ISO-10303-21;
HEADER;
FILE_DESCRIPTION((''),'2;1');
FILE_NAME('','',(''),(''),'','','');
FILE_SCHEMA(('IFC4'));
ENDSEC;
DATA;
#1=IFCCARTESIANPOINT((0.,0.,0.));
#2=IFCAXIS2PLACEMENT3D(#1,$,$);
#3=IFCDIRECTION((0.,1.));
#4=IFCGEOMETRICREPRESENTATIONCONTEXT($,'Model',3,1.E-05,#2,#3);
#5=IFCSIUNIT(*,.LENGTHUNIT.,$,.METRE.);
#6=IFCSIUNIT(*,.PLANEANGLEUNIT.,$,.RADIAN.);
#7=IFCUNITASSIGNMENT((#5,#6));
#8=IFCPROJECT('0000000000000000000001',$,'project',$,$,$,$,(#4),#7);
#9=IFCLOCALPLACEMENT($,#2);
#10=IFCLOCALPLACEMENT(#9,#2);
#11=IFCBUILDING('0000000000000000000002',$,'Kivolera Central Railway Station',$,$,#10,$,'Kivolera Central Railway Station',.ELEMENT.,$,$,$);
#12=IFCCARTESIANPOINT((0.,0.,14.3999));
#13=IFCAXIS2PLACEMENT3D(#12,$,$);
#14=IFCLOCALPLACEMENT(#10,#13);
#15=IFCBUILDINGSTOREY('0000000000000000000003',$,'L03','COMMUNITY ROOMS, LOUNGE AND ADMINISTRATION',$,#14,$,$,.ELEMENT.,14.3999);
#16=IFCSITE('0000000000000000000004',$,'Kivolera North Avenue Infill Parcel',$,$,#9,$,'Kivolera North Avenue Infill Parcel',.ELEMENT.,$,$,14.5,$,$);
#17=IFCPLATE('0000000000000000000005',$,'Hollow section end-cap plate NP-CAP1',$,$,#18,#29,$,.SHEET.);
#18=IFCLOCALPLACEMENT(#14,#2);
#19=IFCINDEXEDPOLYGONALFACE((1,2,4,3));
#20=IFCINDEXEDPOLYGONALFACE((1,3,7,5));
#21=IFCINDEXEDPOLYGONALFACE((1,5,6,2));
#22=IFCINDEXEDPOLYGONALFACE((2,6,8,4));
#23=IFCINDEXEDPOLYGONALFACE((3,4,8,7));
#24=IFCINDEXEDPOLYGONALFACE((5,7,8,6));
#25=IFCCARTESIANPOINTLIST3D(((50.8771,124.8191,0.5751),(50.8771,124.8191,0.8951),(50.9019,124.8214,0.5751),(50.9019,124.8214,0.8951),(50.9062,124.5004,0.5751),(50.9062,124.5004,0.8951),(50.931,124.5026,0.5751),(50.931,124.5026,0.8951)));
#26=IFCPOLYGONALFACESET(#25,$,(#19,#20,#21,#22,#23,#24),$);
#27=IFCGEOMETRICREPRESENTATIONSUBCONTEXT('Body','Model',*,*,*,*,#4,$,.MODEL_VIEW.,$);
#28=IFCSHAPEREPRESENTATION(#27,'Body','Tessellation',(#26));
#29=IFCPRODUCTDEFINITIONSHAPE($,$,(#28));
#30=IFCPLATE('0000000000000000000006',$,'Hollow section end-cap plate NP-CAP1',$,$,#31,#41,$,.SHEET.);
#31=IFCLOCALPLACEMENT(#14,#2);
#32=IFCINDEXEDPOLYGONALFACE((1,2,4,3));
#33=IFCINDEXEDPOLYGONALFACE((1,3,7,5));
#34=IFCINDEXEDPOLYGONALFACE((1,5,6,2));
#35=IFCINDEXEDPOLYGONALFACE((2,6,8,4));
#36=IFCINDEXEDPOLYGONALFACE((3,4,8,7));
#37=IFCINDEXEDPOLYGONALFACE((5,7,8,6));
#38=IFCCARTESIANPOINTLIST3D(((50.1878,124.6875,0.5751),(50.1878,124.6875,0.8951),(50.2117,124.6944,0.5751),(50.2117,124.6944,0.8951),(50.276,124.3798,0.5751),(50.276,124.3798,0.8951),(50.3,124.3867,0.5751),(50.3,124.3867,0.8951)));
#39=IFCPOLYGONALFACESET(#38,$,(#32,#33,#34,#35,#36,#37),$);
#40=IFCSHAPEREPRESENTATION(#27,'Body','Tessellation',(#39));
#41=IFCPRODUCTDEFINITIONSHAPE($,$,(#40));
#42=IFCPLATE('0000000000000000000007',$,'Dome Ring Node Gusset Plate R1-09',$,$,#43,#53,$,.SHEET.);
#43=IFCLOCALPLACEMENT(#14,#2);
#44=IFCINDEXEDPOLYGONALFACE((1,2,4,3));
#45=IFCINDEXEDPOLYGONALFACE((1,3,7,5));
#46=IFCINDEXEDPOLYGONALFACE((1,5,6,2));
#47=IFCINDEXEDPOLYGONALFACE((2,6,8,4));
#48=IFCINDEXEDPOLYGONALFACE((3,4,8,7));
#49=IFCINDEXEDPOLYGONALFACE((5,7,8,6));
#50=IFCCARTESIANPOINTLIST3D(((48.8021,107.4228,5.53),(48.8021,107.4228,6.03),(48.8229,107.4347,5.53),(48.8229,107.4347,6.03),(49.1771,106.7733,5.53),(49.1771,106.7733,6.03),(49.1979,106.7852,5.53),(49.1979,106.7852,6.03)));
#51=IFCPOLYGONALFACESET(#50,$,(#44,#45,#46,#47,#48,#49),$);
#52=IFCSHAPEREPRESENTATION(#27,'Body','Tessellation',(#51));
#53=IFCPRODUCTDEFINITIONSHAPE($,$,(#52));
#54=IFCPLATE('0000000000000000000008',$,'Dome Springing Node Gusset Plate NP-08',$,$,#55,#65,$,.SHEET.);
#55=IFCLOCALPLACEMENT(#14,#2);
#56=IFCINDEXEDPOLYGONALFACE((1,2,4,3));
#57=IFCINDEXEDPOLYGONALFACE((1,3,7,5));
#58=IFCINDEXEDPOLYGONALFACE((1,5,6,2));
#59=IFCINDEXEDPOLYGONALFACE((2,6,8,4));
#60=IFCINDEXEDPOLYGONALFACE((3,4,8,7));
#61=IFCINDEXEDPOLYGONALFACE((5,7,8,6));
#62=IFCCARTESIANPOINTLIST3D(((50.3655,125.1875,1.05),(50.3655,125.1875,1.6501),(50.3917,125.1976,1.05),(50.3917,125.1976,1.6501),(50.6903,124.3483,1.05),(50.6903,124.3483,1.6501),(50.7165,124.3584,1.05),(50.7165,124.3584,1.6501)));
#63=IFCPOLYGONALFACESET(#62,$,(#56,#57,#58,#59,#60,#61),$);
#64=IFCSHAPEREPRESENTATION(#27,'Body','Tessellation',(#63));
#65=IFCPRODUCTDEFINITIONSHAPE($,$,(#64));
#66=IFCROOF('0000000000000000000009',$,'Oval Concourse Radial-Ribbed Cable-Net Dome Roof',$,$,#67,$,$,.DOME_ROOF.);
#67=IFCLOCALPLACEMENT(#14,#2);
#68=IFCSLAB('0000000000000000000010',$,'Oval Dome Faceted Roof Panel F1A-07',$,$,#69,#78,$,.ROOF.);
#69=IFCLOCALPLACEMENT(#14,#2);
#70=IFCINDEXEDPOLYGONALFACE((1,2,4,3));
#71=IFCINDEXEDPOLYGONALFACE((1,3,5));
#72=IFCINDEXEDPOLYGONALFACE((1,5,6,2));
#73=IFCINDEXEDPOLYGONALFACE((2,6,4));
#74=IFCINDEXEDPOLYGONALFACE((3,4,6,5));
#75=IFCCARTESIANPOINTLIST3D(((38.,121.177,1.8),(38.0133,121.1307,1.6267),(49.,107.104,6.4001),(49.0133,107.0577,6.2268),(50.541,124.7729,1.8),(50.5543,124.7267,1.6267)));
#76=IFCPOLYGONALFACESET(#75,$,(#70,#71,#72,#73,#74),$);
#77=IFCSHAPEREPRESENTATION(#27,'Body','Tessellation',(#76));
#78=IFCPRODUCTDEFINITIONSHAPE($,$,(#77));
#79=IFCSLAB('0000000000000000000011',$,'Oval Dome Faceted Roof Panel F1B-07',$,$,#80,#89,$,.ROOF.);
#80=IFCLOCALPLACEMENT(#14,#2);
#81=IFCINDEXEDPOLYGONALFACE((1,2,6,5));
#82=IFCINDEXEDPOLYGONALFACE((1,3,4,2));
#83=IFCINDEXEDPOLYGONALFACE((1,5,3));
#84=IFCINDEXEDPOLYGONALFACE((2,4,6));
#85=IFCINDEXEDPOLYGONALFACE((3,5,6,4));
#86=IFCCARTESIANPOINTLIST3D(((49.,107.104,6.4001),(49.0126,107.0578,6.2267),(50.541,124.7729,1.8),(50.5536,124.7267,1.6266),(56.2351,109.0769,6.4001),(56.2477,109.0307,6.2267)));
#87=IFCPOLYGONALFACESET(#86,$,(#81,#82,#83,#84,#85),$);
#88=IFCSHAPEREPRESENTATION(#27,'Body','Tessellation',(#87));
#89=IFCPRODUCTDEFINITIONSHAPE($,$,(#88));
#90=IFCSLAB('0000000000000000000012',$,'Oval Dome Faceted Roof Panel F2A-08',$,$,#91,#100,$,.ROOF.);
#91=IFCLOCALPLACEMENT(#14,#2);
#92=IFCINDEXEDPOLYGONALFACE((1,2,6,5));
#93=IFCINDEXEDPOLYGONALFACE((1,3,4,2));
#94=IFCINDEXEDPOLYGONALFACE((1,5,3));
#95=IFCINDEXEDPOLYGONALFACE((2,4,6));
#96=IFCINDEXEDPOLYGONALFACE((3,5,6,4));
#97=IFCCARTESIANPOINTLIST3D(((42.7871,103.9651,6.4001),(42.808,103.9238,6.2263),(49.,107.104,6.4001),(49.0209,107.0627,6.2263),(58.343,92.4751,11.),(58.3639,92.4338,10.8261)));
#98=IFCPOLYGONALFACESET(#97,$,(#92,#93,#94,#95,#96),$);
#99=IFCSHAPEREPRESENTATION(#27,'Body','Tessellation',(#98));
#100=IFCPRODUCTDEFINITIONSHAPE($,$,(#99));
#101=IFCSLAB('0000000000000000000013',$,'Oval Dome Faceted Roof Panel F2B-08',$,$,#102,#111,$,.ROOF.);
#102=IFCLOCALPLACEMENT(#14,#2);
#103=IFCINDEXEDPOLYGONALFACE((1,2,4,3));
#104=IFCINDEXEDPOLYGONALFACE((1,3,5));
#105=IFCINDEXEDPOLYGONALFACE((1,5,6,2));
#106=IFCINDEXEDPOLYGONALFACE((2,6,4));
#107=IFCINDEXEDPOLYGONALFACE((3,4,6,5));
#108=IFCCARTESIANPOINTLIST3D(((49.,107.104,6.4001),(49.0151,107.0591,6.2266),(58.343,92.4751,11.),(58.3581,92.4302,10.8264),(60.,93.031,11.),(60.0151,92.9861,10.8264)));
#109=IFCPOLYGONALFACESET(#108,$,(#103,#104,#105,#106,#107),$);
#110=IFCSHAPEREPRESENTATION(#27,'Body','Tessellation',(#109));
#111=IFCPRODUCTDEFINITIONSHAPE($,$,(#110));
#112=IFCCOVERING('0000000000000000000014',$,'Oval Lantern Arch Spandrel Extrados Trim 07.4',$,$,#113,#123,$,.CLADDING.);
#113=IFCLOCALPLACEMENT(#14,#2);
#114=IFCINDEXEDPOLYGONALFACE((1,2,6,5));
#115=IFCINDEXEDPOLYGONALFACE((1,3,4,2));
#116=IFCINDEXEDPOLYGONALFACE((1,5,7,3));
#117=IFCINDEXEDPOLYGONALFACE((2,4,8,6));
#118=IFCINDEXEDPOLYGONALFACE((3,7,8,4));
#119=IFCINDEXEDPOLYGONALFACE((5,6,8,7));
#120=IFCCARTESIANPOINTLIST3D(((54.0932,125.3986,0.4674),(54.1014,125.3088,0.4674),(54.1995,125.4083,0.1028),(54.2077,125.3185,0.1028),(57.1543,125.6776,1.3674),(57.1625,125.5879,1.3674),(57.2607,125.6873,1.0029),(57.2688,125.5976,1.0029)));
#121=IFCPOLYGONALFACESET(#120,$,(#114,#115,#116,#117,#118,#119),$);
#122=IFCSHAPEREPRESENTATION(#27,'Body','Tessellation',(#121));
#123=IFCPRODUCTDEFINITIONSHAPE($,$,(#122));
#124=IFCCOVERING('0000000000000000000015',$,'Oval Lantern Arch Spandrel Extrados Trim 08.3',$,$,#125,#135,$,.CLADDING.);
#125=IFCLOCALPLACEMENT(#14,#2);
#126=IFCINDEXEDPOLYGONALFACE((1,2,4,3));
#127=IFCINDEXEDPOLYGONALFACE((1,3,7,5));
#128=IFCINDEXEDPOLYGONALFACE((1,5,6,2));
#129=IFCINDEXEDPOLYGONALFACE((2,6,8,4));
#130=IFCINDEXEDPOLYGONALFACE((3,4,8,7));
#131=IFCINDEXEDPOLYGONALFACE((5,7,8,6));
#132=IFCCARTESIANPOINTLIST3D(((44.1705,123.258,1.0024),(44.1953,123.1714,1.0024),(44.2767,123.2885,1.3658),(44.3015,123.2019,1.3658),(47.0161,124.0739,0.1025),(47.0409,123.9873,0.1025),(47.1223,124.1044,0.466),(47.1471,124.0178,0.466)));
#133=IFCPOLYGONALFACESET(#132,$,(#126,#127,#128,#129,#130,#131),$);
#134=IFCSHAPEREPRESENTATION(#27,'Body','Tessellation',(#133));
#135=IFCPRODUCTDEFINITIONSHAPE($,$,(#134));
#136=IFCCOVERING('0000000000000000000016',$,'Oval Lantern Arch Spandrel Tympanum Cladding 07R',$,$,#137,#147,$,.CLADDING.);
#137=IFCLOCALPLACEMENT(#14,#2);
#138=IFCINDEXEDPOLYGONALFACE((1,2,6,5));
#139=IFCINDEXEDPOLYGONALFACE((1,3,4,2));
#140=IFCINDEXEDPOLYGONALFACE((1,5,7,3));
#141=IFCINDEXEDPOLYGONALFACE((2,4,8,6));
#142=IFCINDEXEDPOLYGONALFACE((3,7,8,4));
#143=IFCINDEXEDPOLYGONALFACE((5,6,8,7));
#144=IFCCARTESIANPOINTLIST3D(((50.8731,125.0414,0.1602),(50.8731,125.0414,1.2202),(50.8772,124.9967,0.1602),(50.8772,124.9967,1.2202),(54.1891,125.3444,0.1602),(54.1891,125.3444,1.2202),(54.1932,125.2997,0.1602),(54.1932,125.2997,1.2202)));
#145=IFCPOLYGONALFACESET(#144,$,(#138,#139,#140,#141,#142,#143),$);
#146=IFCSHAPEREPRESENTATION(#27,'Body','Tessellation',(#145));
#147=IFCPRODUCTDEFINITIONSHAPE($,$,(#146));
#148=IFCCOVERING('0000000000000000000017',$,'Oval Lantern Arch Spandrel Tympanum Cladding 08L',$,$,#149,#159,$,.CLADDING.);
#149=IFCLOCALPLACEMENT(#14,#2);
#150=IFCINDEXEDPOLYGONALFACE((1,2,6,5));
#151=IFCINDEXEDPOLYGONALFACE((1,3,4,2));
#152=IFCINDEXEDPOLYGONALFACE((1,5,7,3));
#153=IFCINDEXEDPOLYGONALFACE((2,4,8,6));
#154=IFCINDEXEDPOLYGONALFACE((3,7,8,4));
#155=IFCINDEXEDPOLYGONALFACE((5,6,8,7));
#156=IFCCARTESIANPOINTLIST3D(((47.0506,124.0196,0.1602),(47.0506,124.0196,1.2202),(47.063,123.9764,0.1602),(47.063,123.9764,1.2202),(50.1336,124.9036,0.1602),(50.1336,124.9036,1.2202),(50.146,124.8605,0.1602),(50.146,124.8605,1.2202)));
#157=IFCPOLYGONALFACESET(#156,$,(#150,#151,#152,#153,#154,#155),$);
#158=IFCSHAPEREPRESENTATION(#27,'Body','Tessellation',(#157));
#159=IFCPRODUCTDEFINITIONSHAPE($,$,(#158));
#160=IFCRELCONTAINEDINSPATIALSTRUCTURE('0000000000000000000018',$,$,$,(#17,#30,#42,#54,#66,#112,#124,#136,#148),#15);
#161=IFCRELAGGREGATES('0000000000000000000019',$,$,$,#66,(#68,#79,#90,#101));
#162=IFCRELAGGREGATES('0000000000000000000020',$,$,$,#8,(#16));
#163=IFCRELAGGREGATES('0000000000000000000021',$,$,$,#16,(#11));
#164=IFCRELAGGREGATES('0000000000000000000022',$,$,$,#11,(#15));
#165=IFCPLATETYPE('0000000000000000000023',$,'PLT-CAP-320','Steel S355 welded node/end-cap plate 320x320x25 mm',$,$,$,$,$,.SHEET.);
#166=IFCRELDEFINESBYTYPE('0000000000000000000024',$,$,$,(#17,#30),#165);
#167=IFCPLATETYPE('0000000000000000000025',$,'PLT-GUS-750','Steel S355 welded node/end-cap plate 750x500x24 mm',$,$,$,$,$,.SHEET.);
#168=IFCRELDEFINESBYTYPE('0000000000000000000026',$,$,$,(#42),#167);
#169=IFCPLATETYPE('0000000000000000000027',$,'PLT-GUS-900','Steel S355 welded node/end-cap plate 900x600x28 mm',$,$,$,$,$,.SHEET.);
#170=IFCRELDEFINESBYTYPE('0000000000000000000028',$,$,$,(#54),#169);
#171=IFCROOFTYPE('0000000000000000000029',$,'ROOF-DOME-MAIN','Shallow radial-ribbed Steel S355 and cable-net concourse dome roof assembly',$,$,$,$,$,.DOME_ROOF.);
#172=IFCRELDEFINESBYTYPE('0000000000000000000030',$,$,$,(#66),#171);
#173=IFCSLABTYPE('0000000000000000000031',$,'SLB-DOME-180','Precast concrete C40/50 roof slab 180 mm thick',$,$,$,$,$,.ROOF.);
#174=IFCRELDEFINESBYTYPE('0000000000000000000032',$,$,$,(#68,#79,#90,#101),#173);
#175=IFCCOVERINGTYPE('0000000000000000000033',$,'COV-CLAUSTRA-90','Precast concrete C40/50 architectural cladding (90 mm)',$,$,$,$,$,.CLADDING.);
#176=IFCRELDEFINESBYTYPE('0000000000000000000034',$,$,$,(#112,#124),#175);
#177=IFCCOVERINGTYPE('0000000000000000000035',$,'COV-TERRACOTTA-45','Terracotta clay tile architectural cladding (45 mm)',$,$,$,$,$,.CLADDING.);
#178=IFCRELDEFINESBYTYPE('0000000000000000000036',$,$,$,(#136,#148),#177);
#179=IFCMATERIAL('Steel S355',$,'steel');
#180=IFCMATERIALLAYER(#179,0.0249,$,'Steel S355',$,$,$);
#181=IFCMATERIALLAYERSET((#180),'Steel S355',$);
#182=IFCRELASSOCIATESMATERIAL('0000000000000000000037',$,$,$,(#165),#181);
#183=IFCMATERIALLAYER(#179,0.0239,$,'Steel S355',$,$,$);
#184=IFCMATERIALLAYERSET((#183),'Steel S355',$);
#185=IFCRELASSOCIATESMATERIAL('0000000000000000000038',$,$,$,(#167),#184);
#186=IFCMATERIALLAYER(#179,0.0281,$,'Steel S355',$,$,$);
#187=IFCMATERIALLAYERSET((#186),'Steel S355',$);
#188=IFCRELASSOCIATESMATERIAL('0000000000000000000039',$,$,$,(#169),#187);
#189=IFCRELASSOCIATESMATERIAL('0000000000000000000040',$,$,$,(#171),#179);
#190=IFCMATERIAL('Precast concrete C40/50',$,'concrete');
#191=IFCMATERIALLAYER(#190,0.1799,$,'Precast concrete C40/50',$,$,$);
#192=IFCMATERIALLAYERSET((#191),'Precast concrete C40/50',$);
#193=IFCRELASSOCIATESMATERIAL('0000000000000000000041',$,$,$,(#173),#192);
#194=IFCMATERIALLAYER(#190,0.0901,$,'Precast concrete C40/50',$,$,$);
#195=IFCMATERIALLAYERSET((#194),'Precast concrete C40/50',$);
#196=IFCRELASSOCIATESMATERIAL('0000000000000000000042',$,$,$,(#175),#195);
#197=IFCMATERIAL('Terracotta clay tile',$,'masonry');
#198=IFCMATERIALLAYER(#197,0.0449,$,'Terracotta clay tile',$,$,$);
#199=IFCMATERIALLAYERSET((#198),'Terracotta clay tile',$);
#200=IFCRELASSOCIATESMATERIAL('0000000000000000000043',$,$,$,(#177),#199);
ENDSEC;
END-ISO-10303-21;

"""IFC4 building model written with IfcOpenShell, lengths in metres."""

from ifc_helpers import new_model, si_unit, direction, frame, frame_2d, origin, origin_2d, place, context, subcontext, project, spatial, polyline, rectangle, outline, extrude, material, layer, layer_set, type_object, element, aggregate, save


model = new_model("IFC4")

# Units and contexts
model_context = context("Model", 3, precision=1e-05, world=origin(), true_north=direction((0.0, 1.0)))
body_context = subcontext(model_context, "Body", "Model", "MODEL_VIEW")
ifc_project = project(units=[si_unit("LENGTHUNIT", "METRE"), si_unit("PLANEANGLEUNIT", "RADIAN")], contexts=[model_context])

# Site, building, storey
site_placement = place(None, origin())
site = spatial("IfcSite", under=ifc_project, at=site_placement, Name="Kivolera North Avenue Infill Parcel", LongName="Kivolera North Avenue Infill Parcel", CompositionType="ELEMENT", RefElevation=14.5)
building_placement = place(site_placement, origin())
building = spatial("IfcBuilding", under=site, at=building_placement, Name="Kivolera Central Railway Station", LongName="Kivolera Central Railway Station", CompositionType="ELEMENT")
storey_placement = place(building_placement, frame((0.0, 0.0, 14.3999)))
storey = spatial("IfcBuildingStorey", under=building, at=storey_placement, Name="L03", Description="COMMUNITY ROOMS, LOUNGE AND ADMINISTRATION", CompositionType="ELEMENT", Elevation=14.3999)

# Shared definitions
ifc_material_1 = material(Name="Steel S355", Category="steel")

# Plates
ifc_layer_1 = layer(ifc_material_1, 0.0249, Name="Steel S355")
ifc_layer_set_1 = layer_set([ifc_layer_1], Name="Steel S355")
plate_type_1 = type_object("IfcPlateType", Name="PLT-CAP-320", Description="Steel S355 welded node/end-cap plate 320x320x25 mm", PredefinedType="SHEET", material=ifc_layer_set_1)
for number, where, z_axis, x_axis, name in (
    (1, (50.9041, 124.6609, 0.7351), (-0.995874, -0.090747, 0.0), (0.090747, -0.995874, 0.0), "Hollow section end-cap plate NP-CAP1"),
    (2, (50.2439, 124.5371, 0.7351), (-0.961251, -0.275674, 0.0), (0.275674, -0.961251, 0.0), "Hollow section end-cap plate NP-CAP1"),
):
    element("IfcPlate", number, at=place(storey_placement, frame(where, z_axis=z_axis, x_axis=x_axis)), inside=storey, type_object=plate_type_1, Name=name, PredefinedType="SHEET", context=body_context, shape_type="SweptSolid", body=[
        extrude(rectangle(XDim=0.3201, YDim=0.3201, at=origin_2d()), frame((0.0, 0.0, -0.0125)), (0.0, 0.0, 1.0), 0.0249),
    ])
ifc_layer_2 = layer(ifc_material_1, 0.0239, Name="Steel S355")
ifc_layer_set_2 = layer_set([ifc_layer_2], Name="Steel S355")
plate_type_2 = type_object("IfcPlateType", Name="PLT-GUS-750", Description="Steel S355 welded node/end-cap plate 750x500x24 mm", PredefinedType="SHEET", material=ifc_layer_set_2)
plate_1_placement = place(storey_placement, frame((49.0, 107.104, 5.53), z_axis=(0.0, 0.0, 1.0), x_axis=(-0.5, 0.866025, 0.0)))
element("IfcPlate", 3, at=plate_1_placement, inside=storey, type_object=plate_type_2, Name="Dome Ring Node Gusset Plate R1-09", PredefinedType="SHEET", context=body_context, shape_type="SweptSolid", body=[
    extrude(rectangle(XDim=0.75, YDim=0.0239, at=origin_2d()), origin(), (0.0, 0.0, 1.0), 0.5),
])
ifc_layer_3 = layer(ifc_material_1, 0.0281, Name="Steel S355")
ifc_layer_set_3 = layer_set([ifc_layer_3], Name="Steel S355")
plate_type_3 = type_object("IfcPlateType", Name="PLT-GUS-900", Description="Steel S355 welded node/end-cap plate 900x600x28 mm", PredefinedType="SHEET", material=ifc_layer_set_3)
plate_2_placement = place(storey_placement, frame((50.541, 124.7729, 1.05), z_axis=(0.0, 0.0, 1.0), x_axis=(-0.360957, 0.932582, 0.0)))
element("IfcPlate", 4, at=plate_2_placement, inside=storey, type_object=plate_type_3, Name="Dome Springing Node Gusset Plate NP-08", PredefinedType="SHEET", context=body_context, shape_type="SweptSolid", body=[
    extrude(rectangle(XDim=0.8999, YDim=0.0281, at=origin_2d()), origin(), (0.0, 0.0, 1.0), 0.6001),
])

# Roof, slabs
roof_type = type_object("IfcRoofType", Name="ROOF-DOME-MAIN", Description="Shallow radial-ribbed Steel S355 and cable-net concourse dome roof assembly", PredefinedType="DOME_ROOF", material=ifc_material_1)
roof_placement = place(storey_placement, origin())
roof = element("IfcRoof", 5, at=roof_placement, inside=storey, type_object=roof_type, Name="Oval Concourse Radial-Ribbed Cable-Net Dome Roof", PredefinedType="DOME_ROOF")
ifc_material_2 = material(Name="Precast concrete C40/50", Category="concrete")
ifc_layer_4 = layer(ifc_material_2, 0.1799, Name="Precast concrete C40/50")
ifc_layer_set_4 = layer_set([ifc_layer_4], Name="Precast concrete C40/50")
slab_type = type_object("IfcSlabType", Name="SLB-DOME-180", Description="Precast concrete C40/50 roof slab 180 mm thick", PredefinedType="ROOF", material=ifc_layer_set_4)
slab_1_placement = place(storey_placement, frame((50.541, 124.7729, 1.8), z_axis=(-0.073773, 0.257285, 0.963516), x_axis=(-0.961264, -0.275628, 0.0)))
slab_1 = element("IfcSlab", 6, at=slab_1_placement, type_object=slab_type, Name="Oval Dome Faceted Roof Panel F1A-07", PredefinedType="ROOF", context=body_context, shape_type="SweptSolid", body=[
    extrude(outline(polyline([(0.0, 0.0), (13.0464, 0.0), (6.3514, 17.1868), (0.0, 0.0)])), origin(), (0.0, 0.0, -1.0), 0.1799),
])
slab_2_placement = place(storey_placement, frame((50.541, 124.7729, 1.8), z_axis=(-0.070094, 0.257052, 0.963852), x_axis=(-0.084103, -0.964311, 0.251058)))
slab_2 = element("IfcSlab", 7, at=slab_2_placement, type_object=slab_type, Name="Oval Dome Faceted Roof Panel F1B-07", PredefinedType="ROOF", context=body_context, shape_type="SweptSolid", body=[
    extrude(outline(polyline([(0.0, 0.0), (18.3229, 0.0), (15.8119, 7.0664), (0.0, 0.0)])), origin(), (0.0, 0.0, -1.0), 0.1799),
])
slab_3_placement = place(storey_placement, frame((49.0, 107.104, 6.4001), z_axis=(-0.11606, 0.229719, 0.966312), x_axis=(-0.892553, -0.450942, 0.0)))
slab_3 = element("IfcSlab", 8, at=slab_3_placement, type_object=slab_type, Name="Oval Dome Faceted Roof Panel F2A-08", PredefinedType="ROOF", context=body_context, shape_type="SweptSolid", body=[
    extrude(outline(polyline([(0.0, 0.0), (6.9608, 0.0), (-1.7424, 17.8723), (0.0, 0.0)])), origin(), (0.0, 0.0, -1.0), 0.1799),
])
slab_4_placement = place(storey_placement, frame((49.0, 107.104, 6.4001), z_axis=(-0.083807, 0.2498, 0.964664), x_axis=(0.520298, -0.814661, 0.256159)))
slab_4 = element("IfcSlab", 9, at=slab_4_placement, type_object=slab_type, Name="Oval Dome Faceted Roof Panel F2B-08", PredefinedType="ROOF", context=body_context, shape_type="SweptSolid", body=[
    extrude(outline(polyline([(0.0, 0.0), (17.957, 0.0), (18.3663, 1.6992), (0.0, 0.0)])), origin(), (0.0, 0.0, -1.0), 0.1799),
])
aggregate(roof, [slab_1, slab_2, slab_3, slab_4])

# Coverings
ifc_layer_5 = layer(ifc_material_2, 0.0901, Name="Precast concrete C40/50")
ifc_layer_set_5 = layer_set([ifc_layer_5], Name="Precast concrete C40/50")
covering_type_1 = type_object("IfcCoveringType", Name="COV-CLAUSTRA-90", Description="Precast concrete C40/50 architectural cladding (90 mm)", PredefinedType="CLADDING", material=ifc_layer_set_5)
covering_1_placement = place(storey_placement, frame((55.6809, 125.498, 0.7351), z_axis=(-0.955743, -0.087113, -0.281009), x_axis=(-0.090789, 0.99587, 0.0)))
element("IfcCovering", 10, at=covering_1_placement, inside=storey, type_object=covering_type_1, Name="Oval Lantern Arch Spandrel Extrados Trim 07.4", PredefinedType="CLADDING", context=body_context, shape_type="SweptSolid", body=[
    extrude(rectangle(XDim=0.0901, YDim=0.3799, at=origin_2d()), frame((0.0, 0.0, -1.6016)), (0.0, 0.0, 1.0), 3.2029),
])
covering_2_placement = place(storey_placement, frame((45.6589, 123.6379, 0.7341), z_axis=(-0.919713, -0.263699, 0.290844), x_axis=(-0.275632, 0.961263, 0.0)))
element("IfcCovering", 11, at=covering_2_placement, inside=storey, type_object=covering_type_1, Name="Oval Lantern Arch Spandrel Extrados Trim 08.3", PredefinedType="CLADDING", context=body_context, shape_type="SweptSolid", body=[
    extrude(rectangle(XDim=0.0901, YDim=0.3799, at=origin_2d()), frame((0.0, 0.0, -1.5469)), (0.0, 0.0, 1.0), 3.094),
])
ifc_material_3 = material(Name="Terracotta clay tile", Category="masonry")
ifc_layer_6 = layer(ifc_material_3, 0.0449, Name="Terracotta clay tile")
ifc_layer_set_6 = layer_set([ifc_layer_6], Name="Terracotta clay tile")
covering_type_2 = type_object("IfcCoveringType", Name="COV-TERRACOTTA-45", Description="Terracotta clay tile architectural cladding (45 mm)", PredefinedType="CLADDING", material=ifc_layer_set_6)
covering_3_placement = place(storey_placement, frame((50.875, 125.019, 0.1602), z_axis=(0.0, 0.0, 1.0), x_axis=(0.995852, 0.090992, 0.0)))
element("IfcCovering", 12, at=covering_3_placement, inside=storey, type_object=covering_type_2, Name="Oval Lantern Arch Spandrel Tympanum Cladding 07R", PredefinedType="CLADDING", context=body_context, shape_type="SweptSolid", body=[
    extrude(rectangle(XDim=3.3298, YDim=0.0449, at=frame_2d((1.665, 0.0))), origin(), (0.0, 0.0, 1.0), 1.0601),
])
covering_4_placement = place(storey_placement, frame((47.0569, 123.998, 0.1602), z_axis=(0.0, 0.0, 1.0), x_axis=(0.961262, 0.275636, 0.0)))
element("IfcCovering", 13, at=covering_4_placement, inside=storey, type_object=covering_type_2, Name="Oval Lantern Arch Spandrel Tympanum Cladding 08L", PredefinedType="CLADDING", context=body_context, shape_type="SweptSolid", body=[
    extrude(rectangle(XDim=3.2073, YDim=0.0449, at=frame_2d((1.6035, 0.0))), origin(), (0.0, 0.0, 1.0), 1.0601),
])

save(model, "model.ifc")
